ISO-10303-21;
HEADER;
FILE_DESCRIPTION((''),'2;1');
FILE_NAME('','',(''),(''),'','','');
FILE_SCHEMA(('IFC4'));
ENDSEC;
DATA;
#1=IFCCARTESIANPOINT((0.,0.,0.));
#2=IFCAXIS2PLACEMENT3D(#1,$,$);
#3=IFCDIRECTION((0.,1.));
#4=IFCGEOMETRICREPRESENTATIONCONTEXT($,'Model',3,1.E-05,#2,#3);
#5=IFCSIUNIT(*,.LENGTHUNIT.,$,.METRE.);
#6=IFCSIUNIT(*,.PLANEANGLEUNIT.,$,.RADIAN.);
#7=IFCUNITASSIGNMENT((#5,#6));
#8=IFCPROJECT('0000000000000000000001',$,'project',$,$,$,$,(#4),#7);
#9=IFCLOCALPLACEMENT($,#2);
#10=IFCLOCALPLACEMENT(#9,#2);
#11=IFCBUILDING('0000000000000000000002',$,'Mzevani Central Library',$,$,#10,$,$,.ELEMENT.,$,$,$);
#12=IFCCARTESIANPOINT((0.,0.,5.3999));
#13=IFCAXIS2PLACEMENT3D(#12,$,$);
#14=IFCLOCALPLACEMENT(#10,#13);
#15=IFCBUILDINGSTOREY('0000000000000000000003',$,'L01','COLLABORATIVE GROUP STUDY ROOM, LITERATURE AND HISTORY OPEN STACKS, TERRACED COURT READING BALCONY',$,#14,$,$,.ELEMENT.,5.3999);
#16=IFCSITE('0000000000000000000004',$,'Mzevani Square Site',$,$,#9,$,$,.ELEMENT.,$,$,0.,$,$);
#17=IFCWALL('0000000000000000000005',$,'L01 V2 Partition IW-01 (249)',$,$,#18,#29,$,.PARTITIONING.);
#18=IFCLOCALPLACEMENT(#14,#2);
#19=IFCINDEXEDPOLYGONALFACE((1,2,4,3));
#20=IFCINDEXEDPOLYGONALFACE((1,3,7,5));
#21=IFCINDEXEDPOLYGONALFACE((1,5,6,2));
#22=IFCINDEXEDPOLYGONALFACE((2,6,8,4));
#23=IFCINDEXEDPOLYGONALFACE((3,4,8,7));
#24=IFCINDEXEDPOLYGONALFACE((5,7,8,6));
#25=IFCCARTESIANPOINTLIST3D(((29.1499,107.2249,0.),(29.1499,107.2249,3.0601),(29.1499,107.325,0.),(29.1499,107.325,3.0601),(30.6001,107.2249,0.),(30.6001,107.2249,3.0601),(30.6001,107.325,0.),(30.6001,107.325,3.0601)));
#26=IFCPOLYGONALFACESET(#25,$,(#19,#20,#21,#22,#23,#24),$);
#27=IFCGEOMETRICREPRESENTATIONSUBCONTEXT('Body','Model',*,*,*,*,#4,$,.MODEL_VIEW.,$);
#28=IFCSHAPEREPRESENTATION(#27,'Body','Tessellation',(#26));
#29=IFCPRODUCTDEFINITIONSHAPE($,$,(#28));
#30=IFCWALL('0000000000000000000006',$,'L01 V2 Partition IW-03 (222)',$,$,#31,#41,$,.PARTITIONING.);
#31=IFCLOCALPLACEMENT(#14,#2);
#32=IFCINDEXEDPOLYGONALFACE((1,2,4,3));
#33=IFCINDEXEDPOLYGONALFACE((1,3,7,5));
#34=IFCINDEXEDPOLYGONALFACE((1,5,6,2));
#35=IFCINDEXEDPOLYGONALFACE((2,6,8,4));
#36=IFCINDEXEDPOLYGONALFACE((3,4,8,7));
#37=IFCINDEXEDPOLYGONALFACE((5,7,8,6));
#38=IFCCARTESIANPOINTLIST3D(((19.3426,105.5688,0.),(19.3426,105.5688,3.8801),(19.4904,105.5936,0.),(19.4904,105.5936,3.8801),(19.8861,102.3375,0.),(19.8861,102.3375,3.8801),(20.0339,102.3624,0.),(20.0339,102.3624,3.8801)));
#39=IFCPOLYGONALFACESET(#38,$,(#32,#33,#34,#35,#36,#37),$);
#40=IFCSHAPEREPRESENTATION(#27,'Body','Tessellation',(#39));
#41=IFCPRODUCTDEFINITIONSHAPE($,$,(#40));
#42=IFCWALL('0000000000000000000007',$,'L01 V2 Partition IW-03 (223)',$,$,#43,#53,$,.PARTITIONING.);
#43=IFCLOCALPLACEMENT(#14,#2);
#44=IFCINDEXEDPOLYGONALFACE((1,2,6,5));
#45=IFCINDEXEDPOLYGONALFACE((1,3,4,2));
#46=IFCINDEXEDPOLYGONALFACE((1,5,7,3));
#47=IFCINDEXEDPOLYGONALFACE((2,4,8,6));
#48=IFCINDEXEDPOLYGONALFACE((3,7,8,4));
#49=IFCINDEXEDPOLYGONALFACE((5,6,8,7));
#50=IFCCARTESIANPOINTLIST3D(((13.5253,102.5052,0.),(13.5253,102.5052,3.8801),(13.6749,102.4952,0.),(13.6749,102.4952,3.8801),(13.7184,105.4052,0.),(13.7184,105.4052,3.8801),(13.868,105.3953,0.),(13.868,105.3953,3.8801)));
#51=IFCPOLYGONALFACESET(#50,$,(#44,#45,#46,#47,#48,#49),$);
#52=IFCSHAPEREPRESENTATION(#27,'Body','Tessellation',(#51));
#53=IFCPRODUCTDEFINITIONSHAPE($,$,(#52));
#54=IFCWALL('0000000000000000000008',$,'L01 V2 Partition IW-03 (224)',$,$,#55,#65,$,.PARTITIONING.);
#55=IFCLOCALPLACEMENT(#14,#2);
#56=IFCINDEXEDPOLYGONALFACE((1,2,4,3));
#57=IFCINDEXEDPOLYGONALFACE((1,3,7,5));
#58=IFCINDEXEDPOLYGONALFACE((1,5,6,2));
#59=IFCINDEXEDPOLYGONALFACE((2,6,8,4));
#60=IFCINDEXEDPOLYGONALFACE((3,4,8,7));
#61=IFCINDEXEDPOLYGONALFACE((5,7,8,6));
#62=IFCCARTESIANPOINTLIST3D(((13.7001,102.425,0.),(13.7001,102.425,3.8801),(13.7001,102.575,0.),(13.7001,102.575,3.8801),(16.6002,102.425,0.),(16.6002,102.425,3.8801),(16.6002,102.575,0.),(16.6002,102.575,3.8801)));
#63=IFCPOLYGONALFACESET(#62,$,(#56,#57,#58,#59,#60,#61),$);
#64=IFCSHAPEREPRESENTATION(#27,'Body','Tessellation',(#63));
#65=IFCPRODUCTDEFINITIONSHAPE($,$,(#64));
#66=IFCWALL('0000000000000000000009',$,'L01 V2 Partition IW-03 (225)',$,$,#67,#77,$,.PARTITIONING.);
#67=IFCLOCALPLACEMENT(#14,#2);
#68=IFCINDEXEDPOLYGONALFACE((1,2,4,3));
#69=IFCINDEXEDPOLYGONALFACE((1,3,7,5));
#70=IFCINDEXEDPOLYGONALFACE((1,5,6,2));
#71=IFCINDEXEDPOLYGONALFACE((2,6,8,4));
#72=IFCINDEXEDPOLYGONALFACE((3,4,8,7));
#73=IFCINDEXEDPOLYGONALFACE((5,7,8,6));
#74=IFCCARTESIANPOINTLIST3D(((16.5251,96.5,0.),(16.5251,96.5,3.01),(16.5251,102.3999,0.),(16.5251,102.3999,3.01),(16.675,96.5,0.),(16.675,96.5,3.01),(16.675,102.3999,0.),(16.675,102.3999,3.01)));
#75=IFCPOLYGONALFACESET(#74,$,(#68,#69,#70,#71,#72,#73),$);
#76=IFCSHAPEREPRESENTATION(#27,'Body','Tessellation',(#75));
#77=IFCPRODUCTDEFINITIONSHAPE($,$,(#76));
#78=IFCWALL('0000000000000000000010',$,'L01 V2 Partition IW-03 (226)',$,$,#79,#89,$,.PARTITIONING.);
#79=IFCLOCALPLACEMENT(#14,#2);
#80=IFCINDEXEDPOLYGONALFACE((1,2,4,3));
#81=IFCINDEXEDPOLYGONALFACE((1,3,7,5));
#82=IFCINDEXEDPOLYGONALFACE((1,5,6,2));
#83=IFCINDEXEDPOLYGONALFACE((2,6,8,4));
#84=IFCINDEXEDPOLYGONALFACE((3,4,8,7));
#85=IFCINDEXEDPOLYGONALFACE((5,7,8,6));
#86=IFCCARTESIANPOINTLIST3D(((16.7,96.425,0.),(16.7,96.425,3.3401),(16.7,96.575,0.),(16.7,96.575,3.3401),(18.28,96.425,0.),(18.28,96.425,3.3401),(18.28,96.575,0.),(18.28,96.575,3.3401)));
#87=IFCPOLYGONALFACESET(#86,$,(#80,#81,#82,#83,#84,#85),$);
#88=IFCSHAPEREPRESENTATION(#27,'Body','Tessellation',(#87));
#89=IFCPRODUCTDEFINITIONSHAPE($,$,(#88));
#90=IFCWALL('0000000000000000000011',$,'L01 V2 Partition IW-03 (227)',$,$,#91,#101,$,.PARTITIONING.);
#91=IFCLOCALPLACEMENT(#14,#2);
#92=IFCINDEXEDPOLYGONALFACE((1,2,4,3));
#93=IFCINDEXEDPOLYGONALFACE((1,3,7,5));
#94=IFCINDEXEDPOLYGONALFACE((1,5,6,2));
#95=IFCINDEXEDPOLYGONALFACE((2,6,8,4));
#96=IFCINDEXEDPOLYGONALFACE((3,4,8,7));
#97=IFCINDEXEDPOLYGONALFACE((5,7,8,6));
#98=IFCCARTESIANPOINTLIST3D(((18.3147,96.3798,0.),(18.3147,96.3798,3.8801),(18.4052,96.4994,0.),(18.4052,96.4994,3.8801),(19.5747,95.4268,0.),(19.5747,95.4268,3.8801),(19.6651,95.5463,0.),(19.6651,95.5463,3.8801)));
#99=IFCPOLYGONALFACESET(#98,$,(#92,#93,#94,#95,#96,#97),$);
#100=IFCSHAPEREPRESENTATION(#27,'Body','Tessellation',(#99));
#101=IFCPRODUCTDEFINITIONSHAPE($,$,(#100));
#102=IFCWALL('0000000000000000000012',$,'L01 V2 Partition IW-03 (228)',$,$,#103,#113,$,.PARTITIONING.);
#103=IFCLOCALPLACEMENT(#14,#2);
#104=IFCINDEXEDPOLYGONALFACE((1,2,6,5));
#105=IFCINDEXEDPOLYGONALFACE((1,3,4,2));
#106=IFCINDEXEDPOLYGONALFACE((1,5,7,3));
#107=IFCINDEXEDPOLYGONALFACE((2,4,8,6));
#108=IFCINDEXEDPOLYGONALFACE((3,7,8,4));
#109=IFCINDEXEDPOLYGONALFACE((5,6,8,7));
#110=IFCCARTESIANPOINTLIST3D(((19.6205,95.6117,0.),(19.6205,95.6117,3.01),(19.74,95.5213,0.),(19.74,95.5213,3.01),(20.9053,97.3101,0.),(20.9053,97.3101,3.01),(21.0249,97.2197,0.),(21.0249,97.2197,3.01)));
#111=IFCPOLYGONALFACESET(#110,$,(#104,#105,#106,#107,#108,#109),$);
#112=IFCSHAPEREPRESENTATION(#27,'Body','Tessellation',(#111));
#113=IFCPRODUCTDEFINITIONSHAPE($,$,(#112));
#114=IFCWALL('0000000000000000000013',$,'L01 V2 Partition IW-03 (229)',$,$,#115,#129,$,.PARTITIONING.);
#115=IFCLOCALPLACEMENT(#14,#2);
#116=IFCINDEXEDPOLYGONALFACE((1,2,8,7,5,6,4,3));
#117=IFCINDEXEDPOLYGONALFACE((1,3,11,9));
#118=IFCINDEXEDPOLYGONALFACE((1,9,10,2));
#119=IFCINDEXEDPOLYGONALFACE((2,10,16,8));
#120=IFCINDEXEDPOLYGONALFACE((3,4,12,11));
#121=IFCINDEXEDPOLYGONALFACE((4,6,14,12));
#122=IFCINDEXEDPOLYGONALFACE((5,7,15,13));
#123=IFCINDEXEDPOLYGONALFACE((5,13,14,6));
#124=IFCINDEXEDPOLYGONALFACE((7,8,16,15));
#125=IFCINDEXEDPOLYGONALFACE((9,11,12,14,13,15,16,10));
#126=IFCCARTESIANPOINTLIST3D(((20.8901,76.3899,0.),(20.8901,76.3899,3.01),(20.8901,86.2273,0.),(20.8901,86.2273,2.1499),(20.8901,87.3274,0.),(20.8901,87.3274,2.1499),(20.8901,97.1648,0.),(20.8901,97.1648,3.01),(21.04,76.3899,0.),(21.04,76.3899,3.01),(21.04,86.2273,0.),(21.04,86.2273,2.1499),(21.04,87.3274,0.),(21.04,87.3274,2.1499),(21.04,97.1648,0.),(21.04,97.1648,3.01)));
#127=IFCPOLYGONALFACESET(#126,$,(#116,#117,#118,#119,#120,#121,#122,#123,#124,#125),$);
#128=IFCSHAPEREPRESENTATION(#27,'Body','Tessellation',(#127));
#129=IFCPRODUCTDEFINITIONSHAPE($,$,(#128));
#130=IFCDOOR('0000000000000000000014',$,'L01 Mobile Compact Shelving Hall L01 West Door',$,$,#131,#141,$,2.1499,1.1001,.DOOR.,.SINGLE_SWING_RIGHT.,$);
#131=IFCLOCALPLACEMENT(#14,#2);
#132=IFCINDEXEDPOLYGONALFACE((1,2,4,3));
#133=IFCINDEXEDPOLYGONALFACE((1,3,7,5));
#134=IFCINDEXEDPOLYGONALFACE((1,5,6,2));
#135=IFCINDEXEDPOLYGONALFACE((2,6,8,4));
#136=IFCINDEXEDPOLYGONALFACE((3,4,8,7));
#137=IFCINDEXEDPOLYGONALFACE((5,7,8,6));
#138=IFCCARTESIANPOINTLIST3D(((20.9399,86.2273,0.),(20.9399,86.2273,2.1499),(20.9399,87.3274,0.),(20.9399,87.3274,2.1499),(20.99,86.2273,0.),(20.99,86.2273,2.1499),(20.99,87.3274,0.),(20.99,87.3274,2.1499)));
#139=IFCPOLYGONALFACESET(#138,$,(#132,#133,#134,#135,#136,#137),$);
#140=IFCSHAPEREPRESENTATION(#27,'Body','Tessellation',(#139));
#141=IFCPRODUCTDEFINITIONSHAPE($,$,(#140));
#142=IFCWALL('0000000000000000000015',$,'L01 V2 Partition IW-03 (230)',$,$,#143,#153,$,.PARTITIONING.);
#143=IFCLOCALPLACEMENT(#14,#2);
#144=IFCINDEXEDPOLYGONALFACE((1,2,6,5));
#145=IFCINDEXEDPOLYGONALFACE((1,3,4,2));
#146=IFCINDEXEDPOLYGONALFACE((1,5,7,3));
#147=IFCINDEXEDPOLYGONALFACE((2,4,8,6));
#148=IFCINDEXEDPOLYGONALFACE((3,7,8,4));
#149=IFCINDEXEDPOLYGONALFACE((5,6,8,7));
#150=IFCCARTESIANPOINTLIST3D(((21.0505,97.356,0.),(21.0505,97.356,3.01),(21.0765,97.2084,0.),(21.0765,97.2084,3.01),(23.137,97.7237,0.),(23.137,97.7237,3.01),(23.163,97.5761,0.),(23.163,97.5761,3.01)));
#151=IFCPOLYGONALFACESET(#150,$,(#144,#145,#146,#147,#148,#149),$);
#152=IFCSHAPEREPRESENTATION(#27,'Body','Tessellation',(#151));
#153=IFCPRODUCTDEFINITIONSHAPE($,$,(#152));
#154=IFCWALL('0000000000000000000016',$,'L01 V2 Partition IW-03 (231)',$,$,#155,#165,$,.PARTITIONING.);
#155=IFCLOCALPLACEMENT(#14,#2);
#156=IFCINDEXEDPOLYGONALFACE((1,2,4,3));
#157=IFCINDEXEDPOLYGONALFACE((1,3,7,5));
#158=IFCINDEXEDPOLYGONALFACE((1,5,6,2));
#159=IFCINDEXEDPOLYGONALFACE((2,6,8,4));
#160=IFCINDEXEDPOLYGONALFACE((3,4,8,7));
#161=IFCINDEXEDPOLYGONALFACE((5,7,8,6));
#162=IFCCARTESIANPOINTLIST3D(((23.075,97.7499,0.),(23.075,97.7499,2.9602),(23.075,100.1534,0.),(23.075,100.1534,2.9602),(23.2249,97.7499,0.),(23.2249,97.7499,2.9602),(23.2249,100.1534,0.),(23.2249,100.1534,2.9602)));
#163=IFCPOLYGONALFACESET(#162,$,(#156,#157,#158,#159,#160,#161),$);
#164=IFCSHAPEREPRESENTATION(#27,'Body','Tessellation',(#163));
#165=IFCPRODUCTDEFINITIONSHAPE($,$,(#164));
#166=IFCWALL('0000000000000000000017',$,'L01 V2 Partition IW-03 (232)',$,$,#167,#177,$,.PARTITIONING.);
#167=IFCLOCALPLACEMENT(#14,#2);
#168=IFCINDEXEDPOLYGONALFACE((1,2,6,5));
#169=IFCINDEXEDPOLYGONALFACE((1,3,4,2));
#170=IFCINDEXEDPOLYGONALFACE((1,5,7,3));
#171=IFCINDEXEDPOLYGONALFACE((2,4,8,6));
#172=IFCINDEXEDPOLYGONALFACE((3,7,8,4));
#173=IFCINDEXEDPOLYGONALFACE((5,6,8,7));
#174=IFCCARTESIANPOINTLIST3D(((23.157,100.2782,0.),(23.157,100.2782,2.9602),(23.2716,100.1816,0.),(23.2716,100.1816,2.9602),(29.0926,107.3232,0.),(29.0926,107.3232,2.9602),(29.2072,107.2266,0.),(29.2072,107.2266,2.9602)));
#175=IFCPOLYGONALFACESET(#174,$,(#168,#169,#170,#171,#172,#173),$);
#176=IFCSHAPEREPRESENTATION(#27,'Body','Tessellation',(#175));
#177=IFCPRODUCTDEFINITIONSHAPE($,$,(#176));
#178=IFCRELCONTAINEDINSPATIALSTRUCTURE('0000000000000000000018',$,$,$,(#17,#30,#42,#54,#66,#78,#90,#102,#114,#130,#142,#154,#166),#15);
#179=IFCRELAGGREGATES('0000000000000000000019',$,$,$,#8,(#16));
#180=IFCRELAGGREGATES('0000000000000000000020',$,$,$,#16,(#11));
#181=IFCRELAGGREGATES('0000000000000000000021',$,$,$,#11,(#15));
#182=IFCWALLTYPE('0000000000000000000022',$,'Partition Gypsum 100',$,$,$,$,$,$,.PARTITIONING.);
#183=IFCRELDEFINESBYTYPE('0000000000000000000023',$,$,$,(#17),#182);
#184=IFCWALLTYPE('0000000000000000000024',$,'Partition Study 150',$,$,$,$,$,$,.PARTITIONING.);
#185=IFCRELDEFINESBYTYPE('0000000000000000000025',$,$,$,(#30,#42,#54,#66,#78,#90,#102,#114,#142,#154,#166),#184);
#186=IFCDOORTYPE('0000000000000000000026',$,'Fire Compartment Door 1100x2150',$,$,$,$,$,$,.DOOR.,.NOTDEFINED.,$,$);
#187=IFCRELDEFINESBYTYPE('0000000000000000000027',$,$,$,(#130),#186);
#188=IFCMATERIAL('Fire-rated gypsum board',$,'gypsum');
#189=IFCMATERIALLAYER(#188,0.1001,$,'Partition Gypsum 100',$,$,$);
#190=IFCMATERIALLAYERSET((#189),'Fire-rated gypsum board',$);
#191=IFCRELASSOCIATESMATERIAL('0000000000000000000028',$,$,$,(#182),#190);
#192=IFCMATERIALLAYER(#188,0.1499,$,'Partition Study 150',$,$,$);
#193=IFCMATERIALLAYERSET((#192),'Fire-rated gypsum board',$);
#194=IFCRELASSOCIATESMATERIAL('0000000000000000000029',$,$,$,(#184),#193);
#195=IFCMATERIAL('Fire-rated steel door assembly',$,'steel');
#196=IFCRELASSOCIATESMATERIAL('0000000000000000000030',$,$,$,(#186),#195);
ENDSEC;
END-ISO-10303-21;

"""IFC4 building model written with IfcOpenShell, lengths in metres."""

from ifc_helpers import new_model, si_unit, direction, frame, frame_2d, origin, place, context, subcontext, project, spatial, rectangle, extrude, material, layer, layer_set, type_object, element, fill, save


model = new_model("IFC4")

# Units and contexts
model_context = context("Model", 3, precision=1e-05, world=origin(), true_north=direction((0.0, 1.0)))
body_context = subcontext(model_context, "Body", "Model", "MODEL_VIEW")
ifc_project = project(units=[si_unit("LENGTHUNIT", "METRE"), si_unit("PLANEANGLEUNIT", "RADIAN")], contexts=[model_context])

# Site, building, storey
site_placement = place(None, origin())
site = spatial("IfcSite", under=ifc_project, at=site_placement, Name="Mzevani Square Site", CompositionType="ELEMENT", RefElevation=0.0)
building_placement = place(site_placement, origin())
building = spatial("IfcBuilding", under=site, at=building_placement, Name="Mzevani Central Library", CompositionType="ELEMENT")
storey_placement = place(building_placement, frame((0.0, 0.0, 5.3999)))
storey = spatial("IfcBuildingStorey", under=building, at=storey_placement, Name="L01", Description="COLLABORATIVE GROUP STUDY ROOM, LITERATURE AND HISTORY OPEN STACKS, TERRACED COURT READING BALCONY", CompositionType="ELEMENT", Elevation=5.3999)

# Shared definitions
ifc_material_1 = material(Name="Fire-rated steel door assembly", Category="steel")

# Walls
ifc_material_2 = material(Name="Fire-rated gypsum board", Category="gypsum")
ifc_layer_1 = layer(ifc_material_2, 0.1001, Name="Partition Gypsum 100")
ifc_layer_set_1 = layer_set([ifc_layer_1], Name="Fire-rated gypsum board")
wall_type_1 = type_object("IfcWallType", Name="Partition Gypsum 100", PredefinedType="PARTITIONING", material=ifc_layer_set_1)
wall_1_placement = place(storey_placement, frame((29.1499, 107.2749, 0.0), z_axis=(0.0, 0.0, 1.0), x_axis=(1.0, 0.0, 0.0)))
element("IfcWall", 1, at=wall_1_placement, inside=storey, type_object=wall_type_1, Name="L01 V2 Partition IW-01 (249)", PredefinedType="PARTITIONING", context=body_context, shape_type="SweptSolid", body=[
    extrude(rectangle(XDim=1.4502, YDim=0.1001, at=frame_2d((0.7251, 0.0))), origin(), (0.0, 0.0, 1.0), 3.0601),
])
ifc_layer_2 = layer(ifc_material_2, 0.1499, Name="Partition Study 150")
ifc_layer_set_2 = layer_set([ifc_layer_2], Name="Fire-rated gypsum board")
wall_type_2 = type_object("IfcWallType", Name="Partition Study 150", PredefinedType="PARTITIONING", material=ifc_layer_set_2)
wall_2_placement = place(storey_placement, frame((19.96, 102.3501, 0.0), z_axis=(0.0, 0.0, 1.0), x_axis=(-0.165861, 0.986149, 0.0)))
element("IfcWall", 2, at=wall_2_placement, inside=storey, type_object=wall_type_2, Name="L01 V2 Partition IW-03 (222)", PredefinedType="PARTITIONING", context=body_context, shape_type="SweptSolid", body=[
    extrude(rectangle(XDim=3.2766, YDim=0.1499, at=frame_2d((1.6382, 0.0))), origin(), (0.0, 0.0, 1.0), 3.8801),
])
wall_3_placement = place(storey_placement, frame((13.7932, 105.4001, 0.0), z_axis=(0.0, 0.0, 1.0), x_axis=(-0.066441, -0.99779, 0.0)))
element("IfcWall", 3, at=wall_3_placement, inside=storey, type_object=wall_type_2, Name="L01 V2 Partition IW-03 (223)", PredefinedType="PARTITIONING", context=body_context, shape_type="SweptSolid", body=[
    extrude(rectangle(XDim=2.9065, YDim=0.1499, at=frame_2d((1.4531, 0.0))), origin(), (0.0, 0.0, 1.0), 3.8801),
])
wall_4_placement = place(storey_placement, frame((13.7, 102.5, 0.0), z_axis=(0.0, 0.0, 1.0), x_axis=(1.0, 0.0, 0.0)))
element("IfcWall", 4, at=wall_4_placement, inside=storey, type_object=wall_type_2, Name="L01 V2 Partition IW-03 (224)", PredefinedType="PARTITIONING", context=body_context, shape_type="SweptSolid", body=[
    extrude(rectangle(XDim=2.9001, YDim=0.1499, at=frame_2d((1.4502, 0.0))), origin(), (0.0, 0.0, 1.0), 3.8801),
])
wall_5_placement = place(storey_placement, frame((16.6001, 102.3999, 0.0), z_axis=(0.0, 0.0, 1.0), x_axis=(0.0, -1.0, 0.0)))
element("IfcWall", 5, at=wall_5_placement, inside=storey, type_object=wall_type_2, Name="L01 V2 Partition IW-03 (225)", PredefinedType="PARTITIONING", context=body_context, shape_type="SweptSolid", body=[
    extrude(rectangle(XDim=5.8999, YDim=0.1499, at=frame_2d((2.95, 0.0))), origin(), (0.0, 0.0, 1.0), 3.01),
])
wall_6_placement = place(storey_placement, frame((16.7, 96.5, 0.0), z_axis=(0.0, 0.0, 1.0), x_axis=(1.0, 0.0, 0.0)))
element("IfcWall", 6, at=wall_6_placement, inside=storey, type_object=wall_type_2, Name="L01 V2 Partition IW-03 (226)", PredefinedType="PARTITIONING", context=body_context, shape_type="SweptSolid", body=[
    extrude(rectangle(XDim=1.5801, YDim=0.1499, at=frame_2d((0.79, 0.0))), origin(), (0.0, 0.0, 1.0), 3.3401),
])
wall_7_placement = place(storey_placement, frame((18.3599, 96.4397, 0.0), z_axis=(0.0, 0.0, 1.0), x_axis=(0.797527, -0.603283, 0.0)))
element("IfcWall", 7, at=wall_7_placement, inside=storey, type_object=wall_type_2, Name="L01 V2 Partition IW-03 (227)", PredefinedType="PARTITIONING", context=body_context, shape_type="SweptSolid", body=[
    extrude(rectangle(XDim=1.5798, YDim=0.1499, at=frame_2d((0.79, 0.0))), origin(), (0.0, 0.0, 1.0), 3.8801),
])
wall_8_placement = place(storey_placement, frame((19.6802, 95.5664, 0.0), z_axis=(0.0, 0.0, 1.0), x_axis=(0.603315, 0.797503, 0.0)))
element("IfcWall", 8, at=wall_8_placement, inside=storey, type_object=wall_type_2, Name="L01 V2 Partition IW-03 (228)", PredefinedType="PARTITIONING", context=body_context, shape_type="SweptSolid", body=[
    extrude(rectangle(XDim=2.1296, YDim=0.1499, at=frame_2d((1.0649, 0.0))), origin(), (0.0, 0.0, 1.0), 3.01),
])

# Wall, opening, door
wall_9_placement = place(storey_placement, frame((20.9651, 97.1648, 0.0), z_axis=(0.0, 0.0, 1.0), x_axis=(0.0, -1.0, 0.0)))
wall_9 = element("IfcWall", 9, at=wall_9_placement, inside=storey, type_object=wall_type_2, Name="L01 V2 Partition IW-03 (229)", PredefinedType="PARTITIONING", context=body_context, shape_type="SweptSolid", body=[
    extrude(rectangle(XDim=20.7749, YDim=0.1499, at=frame_2d((10.3875, 0.0))), origin(), (0.0, 0.0, 1.0), 3.01),
])
opening_1_placement = place(wall_9_placement, frame((9.8374, 0.0, 0.0)))
opening_1 = element("IfcOpeningElement", 10, at=opening_1_placement, cuts=wall_9, PredefinedType="OPENING", context=body_context, shape_type="SweptSolid", body=[
    extrude(rectangle(XDim=1.1001, YDim=2.1499, at=frame_2d((0.55, 1.075))), frame((0.0, 0.085, 0.0), z_axis=(0.0, -1.0, 0.0), x_axis=(1.0, 0.0, 0.0)), (0.0, 0.0, 1.0), 0.1699),
])
door_type_1 = type_object("IfcDoorType", Name="Fire Compartment Door 1100x2150", OperationType="NOTDEFINED", PredefinedType="DOOR", material=ifc_material_1)
door_1_placement = place(opening_1_placement, origin())
door_1 = element("IfcDoor", 11, at=door_1_placement, inside=storey, type_object=door_type_1, Name="L01 Mobile Compact Shelving Hall L01 West Door", OperationType="SINGLE_SWING_RIGHT", OverallHeight=2.1499, OverallWidth=1.1001, PredefinedType="DOOR", context=body_context, shape_type="SweptSolid", body=[
    extrude(rectangle(XDim=1.1001, YDim=2.1499, at=frame_2d((0.55, 1.075))), frame((0.0, 0.0249, 0.0), z_axis=(0.0, -1.0, 0.0), x_axis=(1.0, 0.0, 0.0)), (0.0, 0.0, 1.0), 0.05),
])
fill(opening_1, door_1)

# Walls
wall_10_placement = place(storey_placement, frame((21.0635, 97.2822, 0.0), z_axis=(0.0, 0.0, 1.0), x_axis=(0.984825, 0.173549, 0.0)))
element("IfcWall", 12, at=wall_10_placement, inside=storey, type_object=wall_type_2, Name="L01 V2 Partition IW-03 (230)", PredefinedType="PARTITIONING", context=body_context, shape_type="SweptSolid", body=[
    extrude(rectangle(XDim=2.1187, YDim=0.1499, at=frame_2d((1.0593, 0.0))), origin(), (0.0, 0.0, 1.0), 3.01),
])
wall_11_placement = place(storey_placement, frame((23.1499, 97.75, 0.0), z_axis=(0.0, 0.0, 1.0), x_axis=(0.0, 1.0, 0.0)))
element("IfcWall", 13, at=wall_11_placement, inside=storey, type_object=wall_type_2, Name="L01 V2 Partition IW-03 (231)", PredefinedType="PARTITIONING", context=body_context, shape_type="SweptSolid", body=[
    extrude(rectangle(XDim=2.4036, YDim=0.1499, at=frame_2d((1.2017, 0.0))), origin(), (0.0, 0.0, 1.0), 2.9602),
])
wall_12_placement = place(storey_placement, frame((23.2144, 100.23, 0.0), z_axis=(0.0, 0.0, 1.0), x_axis=(0.644325, 0.764752, 0.0)))
element("IfcWall", 14, at=wall_12_placement, inside=storey, type_object=wall_type_2, Name="L01 V2 Partition IW-03 (232)", PredefinedType="PARTITIONING", context=body_context, shape_type="SweptSolid", body=[
    extrude(rectangle(XDim=9.2122, YDim=0.1499, at=frame_2d((4.606, 0.0))), origin(), (0.0, 0.0, 1.0), 2.9602),
])

save(model, "model.ifc")
